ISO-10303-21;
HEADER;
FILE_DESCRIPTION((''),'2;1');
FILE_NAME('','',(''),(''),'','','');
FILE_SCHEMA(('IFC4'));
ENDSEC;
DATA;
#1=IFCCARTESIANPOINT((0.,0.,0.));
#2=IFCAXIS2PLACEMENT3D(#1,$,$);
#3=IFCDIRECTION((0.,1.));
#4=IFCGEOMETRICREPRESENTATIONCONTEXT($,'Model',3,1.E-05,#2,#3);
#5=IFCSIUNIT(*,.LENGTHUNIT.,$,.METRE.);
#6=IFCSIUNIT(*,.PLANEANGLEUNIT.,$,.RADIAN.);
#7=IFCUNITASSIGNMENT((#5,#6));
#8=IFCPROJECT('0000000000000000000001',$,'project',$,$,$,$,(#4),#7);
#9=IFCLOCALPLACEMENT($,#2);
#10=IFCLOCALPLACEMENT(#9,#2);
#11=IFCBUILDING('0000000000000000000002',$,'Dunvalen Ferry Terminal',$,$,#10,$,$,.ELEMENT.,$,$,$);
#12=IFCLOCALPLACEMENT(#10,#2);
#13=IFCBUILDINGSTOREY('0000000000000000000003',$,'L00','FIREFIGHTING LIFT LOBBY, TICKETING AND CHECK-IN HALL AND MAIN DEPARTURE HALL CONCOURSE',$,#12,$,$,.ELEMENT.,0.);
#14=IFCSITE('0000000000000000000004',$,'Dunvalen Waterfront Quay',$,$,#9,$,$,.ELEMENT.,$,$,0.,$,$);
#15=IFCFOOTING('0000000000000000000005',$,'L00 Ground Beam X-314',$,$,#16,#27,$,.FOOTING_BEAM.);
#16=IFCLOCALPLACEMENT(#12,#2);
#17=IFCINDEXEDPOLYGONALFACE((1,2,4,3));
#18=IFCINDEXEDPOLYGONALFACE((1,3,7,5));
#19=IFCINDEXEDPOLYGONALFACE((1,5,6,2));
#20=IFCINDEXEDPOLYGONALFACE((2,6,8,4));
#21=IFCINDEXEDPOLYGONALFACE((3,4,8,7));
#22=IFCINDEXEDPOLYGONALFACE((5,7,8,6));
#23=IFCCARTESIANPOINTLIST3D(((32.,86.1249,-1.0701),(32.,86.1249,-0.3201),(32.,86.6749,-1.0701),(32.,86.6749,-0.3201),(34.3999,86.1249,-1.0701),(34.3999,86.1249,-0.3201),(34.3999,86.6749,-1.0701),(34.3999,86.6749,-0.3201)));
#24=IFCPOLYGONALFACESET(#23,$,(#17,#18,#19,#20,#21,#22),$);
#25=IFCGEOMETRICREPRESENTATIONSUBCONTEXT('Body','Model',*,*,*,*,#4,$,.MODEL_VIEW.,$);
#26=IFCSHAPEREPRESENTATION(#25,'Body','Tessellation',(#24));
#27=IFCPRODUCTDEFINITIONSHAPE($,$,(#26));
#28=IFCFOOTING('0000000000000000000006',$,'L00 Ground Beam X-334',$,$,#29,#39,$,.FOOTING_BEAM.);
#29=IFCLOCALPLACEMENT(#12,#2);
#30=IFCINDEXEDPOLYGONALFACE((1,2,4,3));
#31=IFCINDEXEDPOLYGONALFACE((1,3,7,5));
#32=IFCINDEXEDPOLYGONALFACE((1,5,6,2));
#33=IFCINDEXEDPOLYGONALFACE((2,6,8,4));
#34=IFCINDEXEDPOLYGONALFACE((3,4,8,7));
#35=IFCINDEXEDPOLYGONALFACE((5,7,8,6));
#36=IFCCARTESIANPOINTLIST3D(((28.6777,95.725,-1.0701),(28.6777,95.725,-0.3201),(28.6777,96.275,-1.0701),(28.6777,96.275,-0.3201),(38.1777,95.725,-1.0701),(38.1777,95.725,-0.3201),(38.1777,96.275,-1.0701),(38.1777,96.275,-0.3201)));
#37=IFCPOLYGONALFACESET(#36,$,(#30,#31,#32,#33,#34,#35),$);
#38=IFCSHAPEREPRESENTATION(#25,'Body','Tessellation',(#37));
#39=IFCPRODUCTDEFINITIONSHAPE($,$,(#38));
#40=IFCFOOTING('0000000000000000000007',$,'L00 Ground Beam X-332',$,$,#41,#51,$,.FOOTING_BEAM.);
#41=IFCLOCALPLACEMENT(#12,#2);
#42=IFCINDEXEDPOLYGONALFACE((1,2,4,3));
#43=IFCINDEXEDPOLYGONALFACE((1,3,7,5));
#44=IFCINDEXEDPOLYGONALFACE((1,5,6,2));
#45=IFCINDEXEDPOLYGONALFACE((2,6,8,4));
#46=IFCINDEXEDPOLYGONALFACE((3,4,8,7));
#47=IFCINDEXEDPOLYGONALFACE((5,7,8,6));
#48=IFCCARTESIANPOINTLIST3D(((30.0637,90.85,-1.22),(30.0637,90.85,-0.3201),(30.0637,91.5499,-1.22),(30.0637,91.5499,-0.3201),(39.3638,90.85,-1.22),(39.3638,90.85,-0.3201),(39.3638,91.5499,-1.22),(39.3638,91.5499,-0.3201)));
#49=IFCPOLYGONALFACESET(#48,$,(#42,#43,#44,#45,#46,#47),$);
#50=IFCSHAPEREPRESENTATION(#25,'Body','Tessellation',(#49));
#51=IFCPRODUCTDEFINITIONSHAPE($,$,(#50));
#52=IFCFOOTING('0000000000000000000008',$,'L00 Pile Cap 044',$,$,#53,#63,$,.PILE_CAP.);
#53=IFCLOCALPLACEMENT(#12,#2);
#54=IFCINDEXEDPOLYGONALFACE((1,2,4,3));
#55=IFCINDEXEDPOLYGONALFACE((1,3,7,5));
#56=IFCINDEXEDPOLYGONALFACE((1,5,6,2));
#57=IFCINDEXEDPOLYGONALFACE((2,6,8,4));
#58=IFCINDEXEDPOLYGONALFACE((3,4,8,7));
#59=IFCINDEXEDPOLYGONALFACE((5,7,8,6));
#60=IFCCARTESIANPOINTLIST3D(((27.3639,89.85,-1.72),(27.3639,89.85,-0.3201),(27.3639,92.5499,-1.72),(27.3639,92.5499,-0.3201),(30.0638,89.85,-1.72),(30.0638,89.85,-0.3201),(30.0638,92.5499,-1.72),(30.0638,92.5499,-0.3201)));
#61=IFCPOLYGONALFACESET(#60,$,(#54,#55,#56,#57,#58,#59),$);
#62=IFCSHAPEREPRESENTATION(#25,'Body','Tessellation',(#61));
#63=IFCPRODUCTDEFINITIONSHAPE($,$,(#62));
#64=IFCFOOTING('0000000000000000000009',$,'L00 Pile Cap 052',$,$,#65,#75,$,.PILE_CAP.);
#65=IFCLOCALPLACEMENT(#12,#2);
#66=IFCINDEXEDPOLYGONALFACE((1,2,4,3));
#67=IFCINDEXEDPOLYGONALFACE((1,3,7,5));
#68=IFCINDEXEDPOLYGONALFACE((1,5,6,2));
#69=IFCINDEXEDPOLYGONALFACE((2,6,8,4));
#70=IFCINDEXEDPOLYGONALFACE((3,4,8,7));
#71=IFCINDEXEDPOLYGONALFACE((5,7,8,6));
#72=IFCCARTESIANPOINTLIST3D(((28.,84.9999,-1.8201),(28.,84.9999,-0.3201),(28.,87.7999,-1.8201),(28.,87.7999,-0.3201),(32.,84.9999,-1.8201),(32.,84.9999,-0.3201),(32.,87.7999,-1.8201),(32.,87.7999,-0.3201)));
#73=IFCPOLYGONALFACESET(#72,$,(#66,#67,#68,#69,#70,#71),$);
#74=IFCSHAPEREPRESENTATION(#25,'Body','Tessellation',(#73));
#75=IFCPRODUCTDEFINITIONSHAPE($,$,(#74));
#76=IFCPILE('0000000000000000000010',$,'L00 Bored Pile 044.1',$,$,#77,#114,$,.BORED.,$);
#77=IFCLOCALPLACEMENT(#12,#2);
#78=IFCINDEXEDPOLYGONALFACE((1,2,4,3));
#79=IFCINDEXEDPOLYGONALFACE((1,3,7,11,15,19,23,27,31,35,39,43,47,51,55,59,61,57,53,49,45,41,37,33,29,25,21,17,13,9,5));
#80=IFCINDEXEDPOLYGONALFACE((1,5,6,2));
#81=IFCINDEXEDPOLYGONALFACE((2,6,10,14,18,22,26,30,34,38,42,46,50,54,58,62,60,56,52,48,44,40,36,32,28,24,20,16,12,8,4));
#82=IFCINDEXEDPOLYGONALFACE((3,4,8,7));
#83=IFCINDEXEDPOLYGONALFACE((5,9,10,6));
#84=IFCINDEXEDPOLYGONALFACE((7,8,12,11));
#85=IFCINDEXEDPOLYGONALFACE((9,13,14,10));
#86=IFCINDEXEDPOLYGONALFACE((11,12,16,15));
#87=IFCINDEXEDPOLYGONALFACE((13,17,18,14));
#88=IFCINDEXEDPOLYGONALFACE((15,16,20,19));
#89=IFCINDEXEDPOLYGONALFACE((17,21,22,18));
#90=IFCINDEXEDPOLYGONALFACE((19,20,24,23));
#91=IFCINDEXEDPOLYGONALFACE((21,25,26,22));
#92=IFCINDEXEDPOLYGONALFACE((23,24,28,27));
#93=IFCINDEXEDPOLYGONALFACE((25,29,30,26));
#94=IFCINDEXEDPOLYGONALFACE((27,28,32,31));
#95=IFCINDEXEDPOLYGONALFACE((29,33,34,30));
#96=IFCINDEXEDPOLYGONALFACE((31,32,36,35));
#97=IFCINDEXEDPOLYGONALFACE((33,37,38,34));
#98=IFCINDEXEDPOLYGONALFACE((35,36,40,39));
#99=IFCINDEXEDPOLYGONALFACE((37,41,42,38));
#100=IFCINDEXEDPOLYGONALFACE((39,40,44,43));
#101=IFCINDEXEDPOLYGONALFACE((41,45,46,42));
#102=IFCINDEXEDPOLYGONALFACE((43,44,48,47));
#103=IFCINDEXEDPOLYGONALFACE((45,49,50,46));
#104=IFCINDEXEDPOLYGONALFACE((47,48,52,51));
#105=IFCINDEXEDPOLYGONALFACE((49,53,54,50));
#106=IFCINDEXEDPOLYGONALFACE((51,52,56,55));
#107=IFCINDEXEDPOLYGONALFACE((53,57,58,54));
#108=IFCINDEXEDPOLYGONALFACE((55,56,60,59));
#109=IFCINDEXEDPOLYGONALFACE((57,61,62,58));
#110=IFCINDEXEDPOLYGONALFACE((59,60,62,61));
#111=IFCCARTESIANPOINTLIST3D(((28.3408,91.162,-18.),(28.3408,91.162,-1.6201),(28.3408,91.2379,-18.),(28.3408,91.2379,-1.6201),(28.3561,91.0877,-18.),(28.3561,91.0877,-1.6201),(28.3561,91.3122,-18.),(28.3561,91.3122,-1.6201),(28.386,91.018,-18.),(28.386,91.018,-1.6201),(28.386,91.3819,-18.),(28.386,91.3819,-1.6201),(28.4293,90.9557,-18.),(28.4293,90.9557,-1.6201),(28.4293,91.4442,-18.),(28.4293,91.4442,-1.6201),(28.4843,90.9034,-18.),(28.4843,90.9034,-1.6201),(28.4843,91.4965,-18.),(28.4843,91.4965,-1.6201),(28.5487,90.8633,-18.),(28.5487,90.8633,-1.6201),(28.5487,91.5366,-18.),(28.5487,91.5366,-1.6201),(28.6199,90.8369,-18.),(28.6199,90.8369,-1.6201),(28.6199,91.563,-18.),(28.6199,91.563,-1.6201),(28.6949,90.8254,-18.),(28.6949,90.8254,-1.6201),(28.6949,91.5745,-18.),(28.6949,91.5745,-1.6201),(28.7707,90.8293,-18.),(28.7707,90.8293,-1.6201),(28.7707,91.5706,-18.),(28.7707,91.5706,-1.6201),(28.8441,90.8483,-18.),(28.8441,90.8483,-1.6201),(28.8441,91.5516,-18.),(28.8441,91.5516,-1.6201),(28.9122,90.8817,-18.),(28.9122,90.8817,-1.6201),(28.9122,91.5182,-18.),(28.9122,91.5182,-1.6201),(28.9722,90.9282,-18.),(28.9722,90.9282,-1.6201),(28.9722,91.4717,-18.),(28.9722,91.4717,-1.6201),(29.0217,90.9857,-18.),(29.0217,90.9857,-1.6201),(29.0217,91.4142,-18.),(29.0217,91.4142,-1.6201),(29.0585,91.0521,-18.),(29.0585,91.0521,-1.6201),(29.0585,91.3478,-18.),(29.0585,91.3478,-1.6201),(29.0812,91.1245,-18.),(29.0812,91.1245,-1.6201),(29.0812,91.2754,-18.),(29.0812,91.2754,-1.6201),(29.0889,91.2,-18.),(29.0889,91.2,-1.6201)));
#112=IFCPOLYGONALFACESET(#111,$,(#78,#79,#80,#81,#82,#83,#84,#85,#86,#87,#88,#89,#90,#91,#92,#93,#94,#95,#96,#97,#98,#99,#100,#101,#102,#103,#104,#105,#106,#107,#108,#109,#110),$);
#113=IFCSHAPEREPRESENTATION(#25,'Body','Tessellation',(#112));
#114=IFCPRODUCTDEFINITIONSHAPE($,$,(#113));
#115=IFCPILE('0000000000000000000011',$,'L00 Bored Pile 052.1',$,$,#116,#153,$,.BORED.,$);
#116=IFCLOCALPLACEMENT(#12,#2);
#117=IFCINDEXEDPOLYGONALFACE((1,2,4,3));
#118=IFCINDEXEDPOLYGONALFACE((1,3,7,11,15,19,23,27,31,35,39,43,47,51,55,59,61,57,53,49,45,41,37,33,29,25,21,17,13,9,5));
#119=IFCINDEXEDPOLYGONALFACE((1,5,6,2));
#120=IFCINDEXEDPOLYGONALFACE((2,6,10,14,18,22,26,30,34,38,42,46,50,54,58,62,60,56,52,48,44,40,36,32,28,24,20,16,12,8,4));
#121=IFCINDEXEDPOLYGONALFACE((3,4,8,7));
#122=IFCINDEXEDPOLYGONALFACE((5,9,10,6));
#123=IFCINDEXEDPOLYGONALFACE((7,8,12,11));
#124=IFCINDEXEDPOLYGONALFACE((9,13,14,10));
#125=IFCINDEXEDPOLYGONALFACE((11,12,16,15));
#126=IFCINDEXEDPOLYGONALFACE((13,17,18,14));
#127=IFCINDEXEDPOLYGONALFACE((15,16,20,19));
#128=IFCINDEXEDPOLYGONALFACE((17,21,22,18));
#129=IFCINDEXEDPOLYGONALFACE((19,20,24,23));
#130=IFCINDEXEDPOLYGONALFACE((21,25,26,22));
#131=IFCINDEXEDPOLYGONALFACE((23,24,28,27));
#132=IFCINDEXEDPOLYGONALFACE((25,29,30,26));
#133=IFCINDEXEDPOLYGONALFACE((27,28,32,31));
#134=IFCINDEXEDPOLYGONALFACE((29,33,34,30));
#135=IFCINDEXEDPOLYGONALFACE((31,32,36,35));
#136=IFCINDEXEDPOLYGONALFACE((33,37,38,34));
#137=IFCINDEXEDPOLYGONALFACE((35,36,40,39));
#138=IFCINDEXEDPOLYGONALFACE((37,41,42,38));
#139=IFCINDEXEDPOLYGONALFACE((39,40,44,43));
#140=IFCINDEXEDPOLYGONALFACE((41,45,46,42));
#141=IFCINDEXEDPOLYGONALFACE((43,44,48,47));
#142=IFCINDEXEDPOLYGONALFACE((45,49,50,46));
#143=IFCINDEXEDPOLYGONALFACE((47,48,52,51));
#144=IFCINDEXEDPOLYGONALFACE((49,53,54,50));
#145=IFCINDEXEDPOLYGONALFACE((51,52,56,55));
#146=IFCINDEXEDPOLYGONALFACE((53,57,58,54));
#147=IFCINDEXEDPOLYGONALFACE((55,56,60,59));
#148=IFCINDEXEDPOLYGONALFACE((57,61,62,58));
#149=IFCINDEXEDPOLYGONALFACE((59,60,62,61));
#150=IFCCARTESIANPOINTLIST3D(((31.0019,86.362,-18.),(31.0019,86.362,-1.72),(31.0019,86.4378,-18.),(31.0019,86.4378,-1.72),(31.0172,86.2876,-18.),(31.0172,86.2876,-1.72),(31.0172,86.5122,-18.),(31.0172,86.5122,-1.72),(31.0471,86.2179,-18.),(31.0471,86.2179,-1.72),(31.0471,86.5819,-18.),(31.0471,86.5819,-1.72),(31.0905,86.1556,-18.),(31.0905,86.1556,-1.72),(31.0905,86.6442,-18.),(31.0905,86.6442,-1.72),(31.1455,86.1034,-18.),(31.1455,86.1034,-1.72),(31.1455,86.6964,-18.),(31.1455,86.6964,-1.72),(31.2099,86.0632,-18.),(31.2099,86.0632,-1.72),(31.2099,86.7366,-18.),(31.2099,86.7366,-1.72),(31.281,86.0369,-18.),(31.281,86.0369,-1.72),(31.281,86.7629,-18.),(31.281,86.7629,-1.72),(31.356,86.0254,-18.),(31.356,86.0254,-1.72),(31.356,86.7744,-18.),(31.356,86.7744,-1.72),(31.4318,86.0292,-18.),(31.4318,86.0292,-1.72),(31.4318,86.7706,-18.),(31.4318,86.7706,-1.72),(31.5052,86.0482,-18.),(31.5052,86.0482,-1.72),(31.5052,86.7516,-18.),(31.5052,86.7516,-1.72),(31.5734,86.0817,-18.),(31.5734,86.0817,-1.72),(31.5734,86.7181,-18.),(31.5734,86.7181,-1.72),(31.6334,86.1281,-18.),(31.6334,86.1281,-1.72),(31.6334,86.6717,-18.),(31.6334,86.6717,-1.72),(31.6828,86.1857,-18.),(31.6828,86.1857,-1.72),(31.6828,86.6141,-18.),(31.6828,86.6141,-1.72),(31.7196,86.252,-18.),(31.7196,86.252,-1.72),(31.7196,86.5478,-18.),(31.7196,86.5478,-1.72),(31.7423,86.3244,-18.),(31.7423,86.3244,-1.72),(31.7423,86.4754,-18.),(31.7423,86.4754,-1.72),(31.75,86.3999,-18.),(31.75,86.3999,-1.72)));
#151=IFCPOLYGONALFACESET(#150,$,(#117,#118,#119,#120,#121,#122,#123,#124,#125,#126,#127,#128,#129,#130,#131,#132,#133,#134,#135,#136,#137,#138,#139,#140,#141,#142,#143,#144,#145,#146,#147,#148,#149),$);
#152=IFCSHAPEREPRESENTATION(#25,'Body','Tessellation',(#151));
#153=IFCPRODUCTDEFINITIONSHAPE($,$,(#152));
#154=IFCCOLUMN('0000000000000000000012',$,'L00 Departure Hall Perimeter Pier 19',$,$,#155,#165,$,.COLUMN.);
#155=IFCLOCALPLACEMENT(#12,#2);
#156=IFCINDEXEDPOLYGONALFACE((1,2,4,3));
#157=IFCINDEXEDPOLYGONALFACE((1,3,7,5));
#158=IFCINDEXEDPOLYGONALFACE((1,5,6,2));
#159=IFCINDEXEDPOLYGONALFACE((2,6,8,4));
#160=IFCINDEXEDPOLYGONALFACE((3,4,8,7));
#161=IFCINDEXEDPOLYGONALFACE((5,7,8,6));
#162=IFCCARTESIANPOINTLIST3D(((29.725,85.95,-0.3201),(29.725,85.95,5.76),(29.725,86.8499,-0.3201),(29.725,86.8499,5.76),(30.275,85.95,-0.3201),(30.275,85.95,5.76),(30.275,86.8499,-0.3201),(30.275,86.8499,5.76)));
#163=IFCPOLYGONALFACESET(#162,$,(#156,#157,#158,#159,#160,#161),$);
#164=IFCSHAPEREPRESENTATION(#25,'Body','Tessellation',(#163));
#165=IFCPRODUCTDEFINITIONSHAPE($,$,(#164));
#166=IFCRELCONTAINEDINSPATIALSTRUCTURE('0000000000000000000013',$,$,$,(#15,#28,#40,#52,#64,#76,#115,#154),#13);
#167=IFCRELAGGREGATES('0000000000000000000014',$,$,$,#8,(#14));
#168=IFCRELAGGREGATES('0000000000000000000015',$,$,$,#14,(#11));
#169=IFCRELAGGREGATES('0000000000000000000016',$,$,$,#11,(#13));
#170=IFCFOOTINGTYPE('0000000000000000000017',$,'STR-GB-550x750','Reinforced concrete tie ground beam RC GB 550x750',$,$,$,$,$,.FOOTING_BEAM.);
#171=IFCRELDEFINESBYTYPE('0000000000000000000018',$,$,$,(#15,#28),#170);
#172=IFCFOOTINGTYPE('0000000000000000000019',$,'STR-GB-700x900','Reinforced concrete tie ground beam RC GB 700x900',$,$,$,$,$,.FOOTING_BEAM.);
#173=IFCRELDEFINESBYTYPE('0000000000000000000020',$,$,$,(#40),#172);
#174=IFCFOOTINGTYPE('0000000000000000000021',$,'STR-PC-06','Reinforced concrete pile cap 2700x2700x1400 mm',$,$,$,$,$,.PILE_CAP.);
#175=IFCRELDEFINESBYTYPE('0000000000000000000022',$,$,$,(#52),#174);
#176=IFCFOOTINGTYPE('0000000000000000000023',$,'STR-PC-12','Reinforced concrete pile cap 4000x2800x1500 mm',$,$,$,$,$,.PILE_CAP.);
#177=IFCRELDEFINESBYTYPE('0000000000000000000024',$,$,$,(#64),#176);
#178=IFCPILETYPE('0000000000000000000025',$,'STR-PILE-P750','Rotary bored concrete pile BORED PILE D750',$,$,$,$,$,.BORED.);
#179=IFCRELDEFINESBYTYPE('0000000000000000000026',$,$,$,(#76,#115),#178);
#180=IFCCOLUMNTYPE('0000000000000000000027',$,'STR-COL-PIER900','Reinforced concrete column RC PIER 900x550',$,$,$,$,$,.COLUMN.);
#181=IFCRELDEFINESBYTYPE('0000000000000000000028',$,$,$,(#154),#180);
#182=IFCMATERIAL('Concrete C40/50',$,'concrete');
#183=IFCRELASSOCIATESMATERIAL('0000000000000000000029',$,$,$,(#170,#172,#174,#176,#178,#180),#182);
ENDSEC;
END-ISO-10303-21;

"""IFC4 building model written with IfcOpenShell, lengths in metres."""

from ifc_helpers import new_model, si_unit, direction, frame, origin, origin_2d, place, context, subcontext, project, spatial, rectangle, circle, extrude, material, material_profile, profile_set, type_object, element, save


model = new_model("IFC4")

# Units and contexts
model_context = context("Model", 3, precision=1e-05, world=origin(), true_north=direction((0.0, 1.0)))
body_context = subcontext(model_context, "Body", "Model", "MODEL_VIEW")
ifc_project = project(units=[si_unit("LENGTHUNIT", "METRE"), si_unit("PLANEANGLEUNIT", "RADIAN")], contexts=[model_context])

# Site, building, storey
site_placement = place(None, origin())
site = spatial("IfcSite", under=ifc_project, at=site_placement, Name="Dunvalen Waterfront Quay", CompositionType="ELEMENT", RefElevation=0.0)
building_placement = place(site_placement, origin())
building = spatial("IfcBuilding", under=site, at=building_placement, Name="Dunvalen Ferry Terminal", CompositionType="ELEMENT")
storey_placement = place(building_placement, origin())
storey = spatial("IfcBuildingStorey", under=building, at=storey_placement, Name="L00", Description="FIREFIGHTING LIFT LOBBY, TICKETING AND CHECK-IN HALL AND MAIN DEPARTURE HALL CONCOURSE", CompositionType="ELEMENT", Elevation=0.0)

# Footings
ifc_material_1 = material(Name="Concrete C40/50", Category="concrete")
ifc_material_profile_1 = material_profile(ifc_material_1, rectangle(XDim=0.55, YDim=0.75, at=origin_2d()), Name="Concrete C40/50")
ifc_profile_set_1 = profile_set([ifc_material_profile_1], Name="Concrete C40/50")
footing_type_1 = type_object("IfcFootingType", Name="STR-GB-550x750", Description="Reinforced concrete tie ground beam RC GB 550x750", PredefinedType="FOOTING_BEAM", material=ifc_profile_set_1)
footing_1_placement = place(storey_placement, frame((32.0, 86.3999, -0.6951), z_axis=(1.0, 0.0, 0.0), x_axis=(0.0, 1.0, 0.0)))
element("IfcFooting", 1, at=footing_1_placement, inside=storey, type_object=footing_type_1, Name="L00 Ground Beam X-314", PredefinedType="FOOTING_BEAM", context=body_context, shape_type="SweptSolid", body=[
    extrude(rectangle(XDim=0.55, YDim=0.75, at=origin_2d()), origin(), (0.0, 0.0, 1.0), 2.3999),
])
footing_2_placement = place(storey_placement, frame((28.6777, 96.0, -0.6951), z_axis=(1.0, 0.0, 0.0), x_axis=(0.0, 1.0, 0.0)))
element("IfcFooting", 2, at=footing_2_placement, inside=storey, type_object=footing_type_1, Name="L00 Ground Beam X-334", PredefinedType="FOOTING_BEAM", context=body_context, shape_type="SweptSolid", body=[
    extrude(rectangle(XDim=0.55, YDim=0.75, at=origin_2d()), origin(), (0.0, 0.0, 1.0), 9.5),
])
ifc_material_profile_2 = material_profile(ifc_material_1, rectangle(XDim=0.7, YDim=0.8999, at=origin_2d()), Name="Concrete C40/50")
ifc_profile_set_2 = profile_set([ifc_material_profile_2], Name="Concrete C40/50")
footing_type_2 = type_object("IfcFootingType", Name="STR-GB-700x900", Description="Reinforced concrete tie ground beam RC GB 700x900", PredefinedType="FOOTING_BEAM", material=ifc_profile_set_2)
footing_3_placement = place(storey_placement, frame((30.0637, 91.2, -0.77), z_axis=(1.0, 0.0, 0.0), x_axis=(0.0, 1.0, 0.0)))
element("IfcFooting", 3, at=footing_3_placement, inside=storey, type_object=footing_type_2, Name="L00 Ground Beam X-332", PredefinedType="FOOTING_BEAM", context=body_context, shape_type="SweptSolid", body=[
    extrude(rectangle(XDim=0.7, YDim=0.8999, at=origin_2d()), origin(), (0.0, 0.0, 1.0), 9.3),
])
footing_type_3 = type_object("IfcFootingType", Name="STR-PC-06", Description="Reinforced concrete pile cap 2700x2700x1400 mm", PredefinedType="PILE_CAP", material=ifc_material_1)
footing_4_placement = place(storey_placement, frame((28.7139, 91.2, -1.72), z_axis=(0.0, 0.0, 1.0), x_axis=(1.0, 0.0, 0.0)))
element("IfcFooting", 4, at=footing_4_placement, inside=storey, type_object=footing_type_3, Name="L00 Pile Cap 044", PredefinedType="PILE_CAP", context=body_context, shape_type="SweptSolid", body=[
    extrude(rectangle(XDim=2.7, YDim=2.7, at=origin_2d()), origin(), (0.0, 0.0, 1.0), 1.3999),
])
footing_type_4 = type_object("IfcFootingType", Name="STR-PC-12", Description="Reinforced concrete pile cap 4000x2800x1500 mm", PredefinedType="PILE_CAP", material=ifc_material_1)
footing_5_placement = place(storey_placement, frame((30.0, 86.3999, -1.8201), z_axis=(0.0, 0.0, 1.0), x_axis=(1.0, 0.0, 0.0)))
element("IfcFooting", 5, at=footing_5_placement, inside=storey, type_object=footing_type_4, Name="L00 Pile Cap 052", PredefinedType="PILE_CAP", context=body_context, shape_type="SweptSolid", body=[
    extrude(rectangle(XDim=4.0, YDim=2.8, at=origin_2d()), origin(), (0.0, 0.0, 1.0), 1.5),
])

# Piles
ifc_material_profile_3 = material_profile(ifc_material_1, circle(Radius=0.375, at=origin_2d()), Name="Concrete C40/50")
ifc_profile_set_3 = profile_set([ifc_material_profile_3], Name="Concrete C40/50")
pile_type = type_object("IfcPileType", Name="STR-PILE-P750", Description="Rotary bored concrete pile BORED PILE D750", PredefinedType="BORED", material=ifc_profile_set_3)
pile_1_placement = place(storey_placement, frame((28.7139, 91.2, -1.6201), z_axis=(0.0, 0.0, -1.0), x_axis=(1.0, 0.0, 0.0)))
element("IfcPile", 6, at=pile_1_placement, inside=storey, type_object=pile_type, Name="L00 Bored Pile 044.1", PredefinedType="BORED", context=body_context, shape_type="SweptSolid", body=[
    extrude(circle(Radius=0.375, at=origin_2d()), origin(), (0.0, 0.0, 1.0), 16.3799),
])
pile_2_placement = place(storey_placement, frame((31.375, 86.3999, -1.72), z_axis=(0.0, 0.0, -1.0), x_axis=(1.0, 0.0, 0.0)))
element("IfcPile", 7, at=pile_2_placement, inside=storey, type_object=pile_type, Name="L00 Bored Pile 052.1", PredefinedType="BORED", context=body_context, shape_type="SweptSolid", body=[
    extrude(circle(Radius=0.375, at=origin_2d()), origin(), (0.0, 0.0, 1.0), 16.28),
])

# Column
ifc_material_profile_4 = material_profile(ifc_material_1, rectangle(XDim=0.55, YDim=0.8999, at=origin_2d()), Name="Concrete C40/50")
ifc_profile_set_4 = profile_set([ifc_material_profile_4], Name="Concrete C40/50")
column_type_1 = type_object("IfcColumnType", Name="STR-COL-PIER900", Description="Reinforced concrete column RC PIER 900x550", PredefinedType="COLUMN", material=ifc_profile_set_4)
column_1_placement = place(storey_placement, frame((30.0, 86.3999, -0.3201), z_axis=(0.0, 0.0, 1.0), x_axis=(1.0, 0.0, 0.0)))
element("IfcColumn", 8, at=column_1_placement, inside=storey, type_object=column_type_1, Name="L00 Departure Hall Perimeter Pier 19", PredefinedType="COLUMN", context=body_context, shape_type="SweptSolid", body=[
    extrude(rectangle(XDim=0.55, YDim=0.8999, at=origin_2d()), origin(), (0.0, 0.0, 1.0), 6.0801),
])

save(model, "model.ifc")
